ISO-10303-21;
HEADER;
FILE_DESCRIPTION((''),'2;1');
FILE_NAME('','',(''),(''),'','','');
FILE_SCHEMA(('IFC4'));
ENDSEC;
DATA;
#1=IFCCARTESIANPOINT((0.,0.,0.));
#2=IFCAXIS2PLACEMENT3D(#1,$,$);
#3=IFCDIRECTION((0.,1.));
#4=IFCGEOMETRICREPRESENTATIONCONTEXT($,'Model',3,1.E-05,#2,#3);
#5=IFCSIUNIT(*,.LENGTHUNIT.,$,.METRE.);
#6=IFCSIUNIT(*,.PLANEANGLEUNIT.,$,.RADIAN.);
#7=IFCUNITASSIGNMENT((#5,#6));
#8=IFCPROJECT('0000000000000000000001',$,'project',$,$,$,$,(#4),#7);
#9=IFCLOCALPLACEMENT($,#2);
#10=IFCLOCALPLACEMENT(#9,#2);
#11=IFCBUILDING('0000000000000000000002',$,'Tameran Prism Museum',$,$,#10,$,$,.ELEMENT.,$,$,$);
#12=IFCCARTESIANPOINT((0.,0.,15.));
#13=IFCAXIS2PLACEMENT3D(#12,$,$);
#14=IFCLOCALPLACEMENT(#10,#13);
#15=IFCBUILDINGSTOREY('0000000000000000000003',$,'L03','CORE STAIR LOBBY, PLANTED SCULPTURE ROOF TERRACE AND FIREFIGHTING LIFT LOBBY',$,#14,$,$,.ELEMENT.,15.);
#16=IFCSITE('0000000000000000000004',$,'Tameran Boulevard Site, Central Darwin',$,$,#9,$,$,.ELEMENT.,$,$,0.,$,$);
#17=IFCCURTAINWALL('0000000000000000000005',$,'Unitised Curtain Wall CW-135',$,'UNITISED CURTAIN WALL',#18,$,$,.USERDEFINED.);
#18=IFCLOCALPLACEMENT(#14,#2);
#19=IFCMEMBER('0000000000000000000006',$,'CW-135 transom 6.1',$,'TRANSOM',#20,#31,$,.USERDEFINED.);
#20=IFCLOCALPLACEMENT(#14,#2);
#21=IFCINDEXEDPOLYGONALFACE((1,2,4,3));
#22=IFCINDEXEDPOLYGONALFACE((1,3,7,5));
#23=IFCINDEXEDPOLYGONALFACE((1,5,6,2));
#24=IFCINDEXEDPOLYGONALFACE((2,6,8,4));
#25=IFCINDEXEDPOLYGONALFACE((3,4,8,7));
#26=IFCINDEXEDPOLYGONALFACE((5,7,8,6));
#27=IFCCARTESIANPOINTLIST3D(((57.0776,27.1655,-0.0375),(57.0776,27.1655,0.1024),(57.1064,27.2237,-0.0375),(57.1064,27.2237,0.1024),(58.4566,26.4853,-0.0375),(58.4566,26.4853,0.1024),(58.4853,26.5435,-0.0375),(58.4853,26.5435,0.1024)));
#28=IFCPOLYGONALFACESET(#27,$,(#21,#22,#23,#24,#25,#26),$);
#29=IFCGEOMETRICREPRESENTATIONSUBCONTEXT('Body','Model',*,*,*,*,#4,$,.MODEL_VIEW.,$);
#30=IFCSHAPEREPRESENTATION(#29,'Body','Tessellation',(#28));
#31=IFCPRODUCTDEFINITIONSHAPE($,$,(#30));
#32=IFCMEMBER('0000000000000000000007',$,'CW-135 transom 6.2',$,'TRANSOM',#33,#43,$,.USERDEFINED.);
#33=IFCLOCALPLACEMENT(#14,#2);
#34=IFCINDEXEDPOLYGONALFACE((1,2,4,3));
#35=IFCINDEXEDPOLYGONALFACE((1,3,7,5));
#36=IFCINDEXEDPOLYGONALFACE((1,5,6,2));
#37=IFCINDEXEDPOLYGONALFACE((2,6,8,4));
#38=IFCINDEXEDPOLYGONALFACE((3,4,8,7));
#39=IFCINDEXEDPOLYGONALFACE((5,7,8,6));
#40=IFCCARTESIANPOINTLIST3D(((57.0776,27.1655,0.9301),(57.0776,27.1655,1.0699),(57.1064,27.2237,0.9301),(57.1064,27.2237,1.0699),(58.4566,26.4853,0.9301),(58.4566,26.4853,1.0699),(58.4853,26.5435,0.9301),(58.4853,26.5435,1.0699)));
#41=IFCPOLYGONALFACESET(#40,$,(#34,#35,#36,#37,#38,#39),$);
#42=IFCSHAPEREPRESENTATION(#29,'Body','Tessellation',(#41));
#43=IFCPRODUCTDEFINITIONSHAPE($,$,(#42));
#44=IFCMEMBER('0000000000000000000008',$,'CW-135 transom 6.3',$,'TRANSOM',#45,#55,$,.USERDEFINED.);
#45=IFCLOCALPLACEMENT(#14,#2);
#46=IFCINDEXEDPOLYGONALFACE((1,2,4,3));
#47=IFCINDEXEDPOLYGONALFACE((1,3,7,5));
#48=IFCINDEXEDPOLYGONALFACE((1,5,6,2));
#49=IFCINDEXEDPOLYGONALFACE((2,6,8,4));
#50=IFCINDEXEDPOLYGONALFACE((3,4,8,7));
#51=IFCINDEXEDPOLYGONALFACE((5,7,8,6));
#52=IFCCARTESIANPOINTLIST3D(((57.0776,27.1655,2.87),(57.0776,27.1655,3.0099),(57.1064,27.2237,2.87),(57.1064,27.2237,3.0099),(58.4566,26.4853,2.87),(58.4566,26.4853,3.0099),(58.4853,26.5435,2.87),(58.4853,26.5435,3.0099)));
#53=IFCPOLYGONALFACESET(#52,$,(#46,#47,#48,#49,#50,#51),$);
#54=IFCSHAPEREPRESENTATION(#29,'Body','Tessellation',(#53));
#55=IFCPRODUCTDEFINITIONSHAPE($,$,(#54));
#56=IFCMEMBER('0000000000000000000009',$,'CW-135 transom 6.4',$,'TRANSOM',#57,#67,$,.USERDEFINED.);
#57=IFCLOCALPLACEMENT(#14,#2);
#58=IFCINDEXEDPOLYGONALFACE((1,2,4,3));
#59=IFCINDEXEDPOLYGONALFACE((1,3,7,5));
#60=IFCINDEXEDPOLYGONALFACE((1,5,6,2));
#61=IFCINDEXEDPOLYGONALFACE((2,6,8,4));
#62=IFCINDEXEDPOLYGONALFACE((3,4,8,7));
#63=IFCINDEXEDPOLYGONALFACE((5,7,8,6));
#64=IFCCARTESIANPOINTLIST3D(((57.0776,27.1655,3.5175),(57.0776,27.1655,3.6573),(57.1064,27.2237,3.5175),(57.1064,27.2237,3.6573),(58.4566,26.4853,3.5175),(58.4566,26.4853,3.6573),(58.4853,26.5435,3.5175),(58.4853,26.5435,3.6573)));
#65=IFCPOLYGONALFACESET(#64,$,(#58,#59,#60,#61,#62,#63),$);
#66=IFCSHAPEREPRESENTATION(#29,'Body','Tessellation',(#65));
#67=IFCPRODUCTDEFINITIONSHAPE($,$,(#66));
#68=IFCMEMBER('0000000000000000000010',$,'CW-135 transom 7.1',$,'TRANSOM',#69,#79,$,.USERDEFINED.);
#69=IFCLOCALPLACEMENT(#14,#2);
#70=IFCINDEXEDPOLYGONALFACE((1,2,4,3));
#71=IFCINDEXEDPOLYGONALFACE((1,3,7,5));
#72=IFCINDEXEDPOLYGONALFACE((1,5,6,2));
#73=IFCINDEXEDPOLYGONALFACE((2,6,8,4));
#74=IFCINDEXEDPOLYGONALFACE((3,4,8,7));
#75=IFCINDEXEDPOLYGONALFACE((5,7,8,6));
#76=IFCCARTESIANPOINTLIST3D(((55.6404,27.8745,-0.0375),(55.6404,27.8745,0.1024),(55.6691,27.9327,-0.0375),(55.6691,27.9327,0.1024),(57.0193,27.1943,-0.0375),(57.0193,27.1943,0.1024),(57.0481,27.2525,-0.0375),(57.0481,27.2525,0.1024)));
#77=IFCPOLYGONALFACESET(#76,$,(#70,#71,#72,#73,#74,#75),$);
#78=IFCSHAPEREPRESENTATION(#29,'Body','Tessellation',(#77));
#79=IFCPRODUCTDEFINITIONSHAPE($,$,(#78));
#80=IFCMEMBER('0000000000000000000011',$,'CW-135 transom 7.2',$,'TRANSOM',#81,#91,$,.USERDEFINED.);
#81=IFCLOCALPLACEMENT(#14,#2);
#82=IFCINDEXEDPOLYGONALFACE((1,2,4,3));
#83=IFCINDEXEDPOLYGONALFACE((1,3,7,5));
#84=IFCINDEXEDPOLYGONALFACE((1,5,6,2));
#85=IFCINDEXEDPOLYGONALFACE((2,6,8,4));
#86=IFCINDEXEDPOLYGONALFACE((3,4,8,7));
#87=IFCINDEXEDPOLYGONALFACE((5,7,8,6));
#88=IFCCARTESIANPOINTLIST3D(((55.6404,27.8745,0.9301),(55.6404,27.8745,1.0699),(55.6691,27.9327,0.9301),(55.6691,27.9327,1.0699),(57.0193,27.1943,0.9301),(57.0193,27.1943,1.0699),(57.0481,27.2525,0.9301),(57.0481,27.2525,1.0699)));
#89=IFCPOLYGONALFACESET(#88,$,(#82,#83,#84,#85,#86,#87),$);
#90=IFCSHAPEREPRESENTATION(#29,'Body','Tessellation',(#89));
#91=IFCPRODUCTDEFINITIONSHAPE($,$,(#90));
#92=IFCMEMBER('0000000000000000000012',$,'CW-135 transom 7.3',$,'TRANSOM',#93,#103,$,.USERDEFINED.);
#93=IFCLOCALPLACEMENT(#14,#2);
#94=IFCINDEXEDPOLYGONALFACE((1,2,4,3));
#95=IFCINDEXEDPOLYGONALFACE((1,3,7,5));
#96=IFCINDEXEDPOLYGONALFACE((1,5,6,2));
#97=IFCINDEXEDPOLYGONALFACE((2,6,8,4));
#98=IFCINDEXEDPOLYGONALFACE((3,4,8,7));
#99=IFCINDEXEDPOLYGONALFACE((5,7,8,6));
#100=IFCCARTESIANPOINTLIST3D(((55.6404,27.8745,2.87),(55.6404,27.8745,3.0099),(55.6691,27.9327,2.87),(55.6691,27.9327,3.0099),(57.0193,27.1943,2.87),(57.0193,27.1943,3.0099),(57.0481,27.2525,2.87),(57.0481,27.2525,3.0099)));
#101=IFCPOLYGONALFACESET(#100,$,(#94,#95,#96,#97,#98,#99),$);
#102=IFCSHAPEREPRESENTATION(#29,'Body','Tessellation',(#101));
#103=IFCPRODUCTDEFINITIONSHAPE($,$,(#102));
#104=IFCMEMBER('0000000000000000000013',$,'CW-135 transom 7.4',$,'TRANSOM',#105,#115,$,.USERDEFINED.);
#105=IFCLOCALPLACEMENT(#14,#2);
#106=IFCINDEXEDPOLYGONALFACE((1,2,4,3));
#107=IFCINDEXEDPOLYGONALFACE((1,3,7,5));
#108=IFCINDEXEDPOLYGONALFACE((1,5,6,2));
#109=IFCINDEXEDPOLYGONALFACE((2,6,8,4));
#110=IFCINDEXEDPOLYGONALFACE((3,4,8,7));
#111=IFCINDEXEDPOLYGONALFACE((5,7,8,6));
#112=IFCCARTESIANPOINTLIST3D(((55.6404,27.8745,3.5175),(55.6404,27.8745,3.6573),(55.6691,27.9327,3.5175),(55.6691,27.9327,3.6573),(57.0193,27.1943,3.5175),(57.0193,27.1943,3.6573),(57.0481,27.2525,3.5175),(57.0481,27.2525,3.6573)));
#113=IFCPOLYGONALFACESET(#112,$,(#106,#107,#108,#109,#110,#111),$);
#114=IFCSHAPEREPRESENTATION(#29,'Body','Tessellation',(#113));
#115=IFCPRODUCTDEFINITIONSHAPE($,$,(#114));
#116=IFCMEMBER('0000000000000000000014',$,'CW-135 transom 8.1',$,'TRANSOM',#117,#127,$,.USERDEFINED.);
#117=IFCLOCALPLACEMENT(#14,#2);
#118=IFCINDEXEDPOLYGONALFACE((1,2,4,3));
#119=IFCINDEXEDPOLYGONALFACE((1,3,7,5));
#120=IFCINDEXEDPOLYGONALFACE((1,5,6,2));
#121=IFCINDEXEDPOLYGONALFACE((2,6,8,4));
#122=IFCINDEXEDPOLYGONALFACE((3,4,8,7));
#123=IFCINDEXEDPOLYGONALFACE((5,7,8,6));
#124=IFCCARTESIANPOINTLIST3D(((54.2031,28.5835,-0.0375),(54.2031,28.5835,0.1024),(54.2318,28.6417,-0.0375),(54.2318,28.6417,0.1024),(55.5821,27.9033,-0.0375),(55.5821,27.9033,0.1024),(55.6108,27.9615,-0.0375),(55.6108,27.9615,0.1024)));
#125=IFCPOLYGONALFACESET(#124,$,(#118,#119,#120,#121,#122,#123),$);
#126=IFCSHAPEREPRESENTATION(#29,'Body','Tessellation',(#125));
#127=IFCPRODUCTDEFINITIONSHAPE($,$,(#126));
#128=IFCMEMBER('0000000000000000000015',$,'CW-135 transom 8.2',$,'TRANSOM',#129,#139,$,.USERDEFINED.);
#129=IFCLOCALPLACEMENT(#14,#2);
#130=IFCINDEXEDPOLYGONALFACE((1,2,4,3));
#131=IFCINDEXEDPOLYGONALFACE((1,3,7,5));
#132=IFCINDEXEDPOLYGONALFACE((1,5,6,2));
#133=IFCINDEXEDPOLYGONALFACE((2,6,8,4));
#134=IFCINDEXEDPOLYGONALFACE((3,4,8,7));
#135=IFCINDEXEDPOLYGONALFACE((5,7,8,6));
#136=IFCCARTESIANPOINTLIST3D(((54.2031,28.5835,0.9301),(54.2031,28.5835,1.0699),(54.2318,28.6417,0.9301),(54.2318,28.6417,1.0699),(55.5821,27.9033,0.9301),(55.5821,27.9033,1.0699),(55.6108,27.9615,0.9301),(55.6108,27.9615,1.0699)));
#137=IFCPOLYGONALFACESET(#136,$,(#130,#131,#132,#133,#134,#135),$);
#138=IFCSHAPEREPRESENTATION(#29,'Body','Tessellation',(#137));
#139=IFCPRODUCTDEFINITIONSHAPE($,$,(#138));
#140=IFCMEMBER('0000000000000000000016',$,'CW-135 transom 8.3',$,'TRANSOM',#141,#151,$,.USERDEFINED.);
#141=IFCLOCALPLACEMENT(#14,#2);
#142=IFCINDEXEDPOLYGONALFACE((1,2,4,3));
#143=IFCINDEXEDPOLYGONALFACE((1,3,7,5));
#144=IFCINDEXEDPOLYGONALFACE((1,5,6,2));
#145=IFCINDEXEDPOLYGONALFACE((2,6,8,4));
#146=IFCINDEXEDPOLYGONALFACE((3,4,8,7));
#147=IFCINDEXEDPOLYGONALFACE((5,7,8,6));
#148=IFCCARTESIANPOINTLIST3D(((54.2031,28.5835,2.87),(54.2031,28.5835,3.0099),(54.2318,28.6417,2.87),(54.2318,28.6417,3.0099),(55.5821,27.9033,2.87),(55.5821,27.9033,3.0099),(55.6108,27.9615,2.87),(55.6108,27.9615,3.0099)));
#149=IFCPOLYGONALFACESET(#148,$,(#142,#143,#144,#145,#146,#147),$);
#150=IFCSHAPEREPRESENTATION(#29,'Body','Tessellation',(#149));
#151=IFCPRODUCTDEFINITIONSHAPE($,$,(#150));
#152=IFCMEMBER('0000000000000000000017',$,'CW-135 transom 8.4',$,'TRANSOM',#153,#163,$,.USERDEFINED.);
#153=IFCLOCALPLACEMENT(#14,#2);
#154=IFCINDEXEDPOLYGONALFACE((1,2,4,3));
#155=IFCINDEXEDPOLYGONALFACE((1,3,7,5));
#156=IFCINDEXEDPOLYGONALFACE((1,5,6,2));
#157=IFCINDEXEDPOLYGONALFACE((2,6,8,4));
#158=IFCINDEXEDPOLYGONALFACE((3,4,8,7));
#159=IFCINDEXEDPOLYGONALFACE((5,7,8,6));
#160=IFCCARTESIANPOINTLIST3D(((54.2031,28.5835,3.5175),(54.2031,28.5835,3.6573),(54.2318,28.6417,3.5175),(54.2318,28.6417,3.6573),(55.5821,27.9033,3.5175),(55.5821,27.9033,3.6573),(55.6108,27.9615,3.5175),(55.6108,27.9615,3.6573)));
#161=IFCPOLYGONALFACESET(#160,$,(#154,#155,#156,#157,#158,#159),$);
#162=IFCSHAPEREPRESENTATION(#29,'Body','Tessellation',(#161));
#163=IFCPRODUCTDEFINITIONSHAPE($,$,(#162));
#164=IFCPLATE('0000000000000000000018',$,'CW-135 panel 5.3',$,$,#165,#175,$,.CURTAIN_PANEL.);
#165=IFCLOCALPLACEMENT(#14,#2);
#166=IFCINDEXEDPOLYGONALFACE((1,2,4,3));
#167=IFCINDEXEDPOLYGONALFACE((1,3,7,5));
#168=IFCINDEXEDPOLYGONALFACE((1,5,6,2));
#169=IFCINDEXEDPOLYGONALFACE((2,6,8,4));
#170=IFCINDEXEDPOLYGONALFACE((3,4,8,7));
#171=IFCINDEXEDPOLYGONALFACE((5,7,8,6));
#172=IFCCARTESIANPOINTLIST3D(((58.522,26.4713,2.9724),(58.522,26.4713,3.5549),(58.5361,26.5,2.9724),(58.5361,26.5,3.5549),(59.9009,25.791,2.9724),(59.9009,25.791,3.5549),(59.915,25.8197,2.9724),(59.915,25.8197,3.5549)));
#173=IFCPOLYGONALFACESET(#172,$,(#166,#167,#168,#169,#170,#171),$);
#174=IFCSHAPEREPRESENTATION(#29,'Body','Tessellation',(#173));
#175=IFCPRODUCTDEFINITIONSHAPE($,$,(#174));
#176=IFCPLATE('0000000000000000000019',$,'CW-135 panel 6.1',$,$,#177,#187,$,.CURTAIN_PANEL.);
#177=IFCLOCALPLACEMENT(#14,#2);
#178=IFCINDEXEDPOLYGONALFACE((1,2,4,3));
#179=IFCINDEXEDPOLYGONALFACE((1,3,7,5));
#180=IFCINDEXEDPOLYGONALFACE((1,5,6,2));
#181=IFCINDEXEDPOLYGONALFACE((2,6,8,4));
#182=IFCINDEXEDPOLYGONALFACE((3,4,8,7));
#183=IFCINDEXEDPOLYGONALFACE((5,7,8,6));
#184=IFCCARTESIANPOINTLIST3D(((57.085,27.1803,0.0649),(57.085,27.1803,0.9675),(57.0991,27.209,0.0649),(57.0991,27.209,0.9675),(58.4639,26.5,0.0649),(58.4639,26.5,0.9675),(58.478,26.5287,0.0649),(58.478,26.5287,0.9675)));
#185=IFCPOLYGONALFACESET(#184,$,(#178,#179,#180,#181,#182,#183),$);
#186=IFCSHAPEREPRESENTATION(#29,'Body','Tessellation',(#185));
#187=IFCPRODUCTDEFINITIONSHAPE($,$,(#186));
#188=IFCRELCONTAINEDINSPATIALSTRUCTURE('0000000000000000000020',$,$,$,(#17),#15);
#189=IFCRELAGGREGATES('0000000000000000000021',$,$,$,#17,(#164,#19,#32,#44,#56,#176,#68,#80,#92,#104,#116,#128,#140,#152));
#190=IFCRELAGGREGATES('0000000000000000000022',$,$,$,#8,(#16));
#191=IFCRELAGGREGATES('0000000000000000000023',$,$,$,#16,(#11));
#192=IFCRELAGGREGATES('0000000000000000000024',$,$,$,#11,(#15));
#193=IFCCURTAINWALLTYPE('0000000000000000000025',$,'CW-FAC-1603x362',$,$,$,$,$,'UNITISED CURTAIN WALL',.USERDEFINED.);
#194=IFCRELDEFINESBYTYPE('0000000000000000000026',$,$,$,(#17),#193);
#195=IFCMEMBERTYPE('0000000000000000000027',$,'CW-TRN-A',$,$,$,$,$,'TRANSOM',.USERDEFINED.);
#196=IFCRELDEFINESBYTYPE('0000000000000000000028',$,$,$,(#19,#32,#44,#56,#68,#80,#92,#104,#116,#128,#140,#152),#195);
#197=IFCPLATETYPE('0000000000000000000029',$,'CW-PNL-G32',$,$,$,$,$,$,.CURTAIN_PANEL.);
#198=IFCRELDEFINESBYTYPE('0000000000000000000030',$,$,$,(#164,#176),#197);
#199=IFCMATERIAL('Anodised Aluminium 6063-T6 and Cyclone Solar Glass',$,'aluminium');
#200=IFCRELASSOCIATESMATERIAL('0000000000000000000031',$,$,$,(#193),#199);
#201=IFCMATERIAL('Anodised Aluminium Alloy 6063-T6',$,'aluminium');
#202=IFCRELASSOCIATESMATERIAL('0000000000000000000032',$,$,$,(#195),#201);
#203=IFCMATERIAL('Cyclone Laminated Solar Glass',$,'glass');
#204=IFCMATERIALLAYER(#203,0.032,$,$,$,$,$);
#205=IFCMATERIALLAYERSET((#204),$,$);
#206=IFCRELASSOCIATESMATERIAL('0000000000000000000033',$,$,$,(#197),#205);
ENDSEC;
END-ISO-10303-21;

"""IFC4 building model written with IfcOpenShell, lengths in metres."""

from ifc_helpers import new_model, si_unit, direction, frame, origin, origin_2d, place, context, subcontext, project, spatial, rectangle, extrude, material, layer, layer_set, material_profile, profile_set, type_object, element, aggregate, save


model = new_model("IFC4")

# Units and contexts
model_context = context("Model", 3, precision=1e-05, world=origin(), true_north=direction((0.0, 1.0)))
body_context = subcontext(model_context, "Body", "Model", "MODEL_VIEW")
ifc_project = project(units=[si_unit("LENGTHUNIT", "METRE"), si_unit("PLANEANGLEUNIT", "RADIAN")], contexts=[model_context])

# Site, building, storey
site_placement = place(None, origin())
site = spatial("IfcSite", under=ifc_project, at=site_placement, Name="Tameran Boulevard Site, Central Darwin", CompositionType="ELEMENT", RefElevation=0.0)
building_placement = place(site_placement, origin())
building = spatial("IfcBuilding", under=site, at=building_placement, Name="Tameran Prism Museum", CompositionType="ELEMENT")
storey_placement = place(building_placement, frame((0.0, 0.0, 15.0)))
storey = spatial("IfcBuildingStorey", under=building, at=storey_placement, Name="L03", Description="CORE STAIR LOBBY, PLANTED SCULPTURE ROOF TERRACE AND FIREFIGHTING LIFT LOBBY", CompositionType="ELEMENT", Elevation=15.0)

# Curtain wall, members, plates
ifc_material_1 = material(Name="Anodised Aluminium 6063-T6 and Cyclone Solar Glass", Category="aluminium")
curtain_wall_type = type_object("IfcCurtainWallType", Name="CW-FAC-1603x362", ElementType="UNITISED CURTAIN WALL", PredefinedType="USERDEFINED", material=ifc_material_1)
curtain_wall_placement = place(storey_placement, origin())
curtain_wall = element("IfcCurtainWall", 1, at=curtain_wall_placement, inside=storey, type_object=curtain_wall_type, Name="Unitised Curtain Wall CW-135", ObjectType="UNITISED CURTAIN WALL", PredefinedType="USERDEFINED")
ifc_material_2 = material(Name="Anodised Aluminium Alloy 6063-T6", Category="aluminium")
ifc_material_profile_1 = material_profile(ifc_material_2, rectangle(XDim=0.0649, YDim=0.1399, at=origin_2d()))
ifc_profile_set_1 = profile_set([ifc_material_profile_1])
member_type_1 = type_object("IfcMemberType", Name="CW-TRN-A", ElementType="TRANSOM", PredefinedType="USERDEFINED", material=ifc_profile_set_1)
member_1_placement = place(storey_placement, frame((58.4709, 26.5144, 0.0325), z_axis=(-0.896828, 0.44238, 0.0), x_axis=(-0.44238, -0.896828, 0.0)))
member_1 = element("IfcMember", 2, at=member_1_placement, type_object=member_type_1, Name="CW-135 transom 6.1", ObjectType="TRANSOM", PredefinedType="USERDEFINED", context=body_context, shape_type="SweptSolid", body=[
    extrude(rectangle(XDim=0.0649, YDim=0.1399, at=origin_2d()), origin(), (0.0, 0.0, 1.0), 1.5376),
])
member_2_placement = place(storey_placement, frame((58.4709, 26.5144, 1.0), z_axis=(-0.896828, 0.44238, 0.0), x_axis=(-0.44238, -0.896828, 0.0)))
member_2 = element("IfcMember", 3, at=member_2_placement, type_object=member_type_1, Name="CW-135 transom 6.2", ObjectType="TRANSOM", PredefinedType="USERDEFINED", context=body_context, shape_type="SweptSolid", body=[
    extrude(rectangle(XDim=0.0649, YDim=0.1399, at=origin_2d()), origin(), (0.0, 0.0, 1.0), 1.5376),
])
member_3_placement = place(storey_placement, frame((58.4709, 26.5144, 2.9399), z_axis=(-0.896828, 0.44238, 0.0), x_axis=(-0.44238, -0.896828, 0.0)))
member_3 = element("IfcMember", 4, at=member_3_placement, type_object=member_type_1, Name="CW-135 transom 6.3", ObjectType="TRANSOM", PredefinedType="USERDEFINED", context=body_context, shape_type="SweptSolid", body=[
    extrude(rectangle(XDim=0.0649, YDim=0.1399, at=origin_2d()), origin(), (0.0, 0.0, 1.0), 1.5376),
])
member_4_placement = place(storey_placement, frame((58.4709, 26.5144, 3.5874), z_axis=(-0.896828, 0.44238, 0.0), x_axis=(-0.44238, -0.896828, 0.0)))
member_4 = element("IfcMember", 5, at=member_4_placement, type_object=member_type_1, Name="CW-135 transom 6.4", ObjectType="TRANSOM", PredefinedType="USERDEFINED", context=body_context, shape_type="SweptSolid", body=[
    extrude(rectangle(XDim=0.0649, YDim=0.1399, at=origin_2d()), origin(), (0.0, 0.0, 1.0), 1.5376),
])
member_5_placement = place(storey_placement, frame((57.0337, 27.2234, 0.0325), z_axis=(-0.896828, 0.44238, 0.0), x_axis=(-0.44238, -0.896828, 0.0)))
member_5 = element("IfcMember", 6, at=member_5_placement, type_object=member_type_1, Name="CW-135 transom 7.1", ObjectType="TRANSOM", PredefinedType="USERDEFINED", context=body_context, shape_type="SweptSolid", body=[
    extrude(rectangle(XDim=0.0649, YDim=0.1399, at=origin_2d()), origin(), (0.0, 0.0, 1.0), 1.5376),
])
member_6_placement = place(storey_placement, frame((57.0337, 27.2234, 1.0), z_axis=(-0.896828, 0.44238, 0.0), x_axis=(-0.44238, -0.896828, 0.0)))
member_6 = element("IfcMember", 7, at=member_6_placement, type_object=member_type_1, Name="CW-135 transom 7.2", ObjectType="TRANSOM", PredefinedType="USERDEFINED", context=body_context, shape_type="SweptSolid", body=[
    extrude(rectangle(XDim=0.0649, YDim=0.1399, at=origin_2d()), origin(), (0.0, 0.0, 1.0), 1.5376),
])
member_7_placement = place(storey_placement, frame((57.0337, 27.2234, 2.9399), z_axis=(-0.896828, 0.44238, 0.0), x_axis=(-0.44238, -0.896828, 0.0)))
member_7 = element("IfcMember", 8, at=member_7_placement, type_object=member_type_1, Name="CW-135 transom 7.3", ObjectType="TRANSOM", PredefinedType="USERDEFINED", context=body_context, shape_type="SweptSolid", body=[
    extrude(rectangle(XDim=0.0649, YDim=0.1399, at=origin_2d()), origin(), (0.0, 0.0, 1.0), 1.5376),
])
member_8_placement = place(storey_placement, frame((57.0337, 27.2234, 3.5874), z_axis=(-0.896828, 0.44238, 0.0), x_axis=(-0.44238, -0.896828, 0.0)))
member_8 = element("IfcMember", 9, at=member_8_placement, type_object=member_type_1, Name="CW-135 transom 7.4", ObjectType="TRANSOM", PredefinedType="USERDEFINED", context=body_context, shape_type="SweptSolid", body=[
    extrude(rectangle(XDim=0.0649, YDim=0.1399, at=origin_2d()), origin(), (0.0, 0.0, 1.0), 1.5376),
])
member_9_placement = place(storey_placement, frame((55.5964, 27.9324, 0.0325), z_axis=(-0.896828, 0.44238, 0.0), x_axis=(-0.44238, -0.896828, 0.0)))
member_9 = element("IfcMember", 10, at=member_9_placement, type_object=member_type_1, Name="CW-135 transom 8.1", ObjectType="TRANSOM", PredefinedType="USERDEFINED", context=body_context, shape_type="SweptSolid", body=[
    extrude(rectangle(XDim=0.0649, YDim=0.1399, at=origin_2d()), origin(), (0.0, 0.0, 1.0), 1.5376),
])
member_10_placement = place(storey_placement, frame((55.5964, 27.9324, 1.0), z_axis=(-0.896828, 0.44238, 0.0), x_axis=(-0.44238, -0.896828, 0.0)))
member_10 = element("IfcMember", 11, at=member_10_placement, type_object=member_type_1, Name="CW-135 transom 8.2", ObjectType="TRANSOM", PredefinedType="USERDEFINED", context=body_context, shape_type="SweptSolid", body=[
    extrude(rectangle(XDim=0.0649, YDim=0.1399, at=origin_2d()), origin(), (0.0, 0.0, 1.0), 1.5376),
])
member_11_placement = place(storey_placement, frame((55.5964, 27.9324, 2.9399), z_axis=(-0.896828, 0.44238, 0.0), x_axis=(-0.44238, -0.896828, 0.0)))
member_11 = element("IfcMember", 12, at=member_11_placement, type_object=member_type_1, Name="CW-135 transom 8.3", ObjectType="TRANSOM", PredefinedType="USERDEFINED", context=body_context, shape_type="SweptSolid", body=[
    extrude(rectangle(XDim=0.0649, YDim=0.1399, at=origin_2d()), origin(), (0.0, 0.0, 1.0), 1.5376),
])
member_12_placement = place(storey_placement, frame((55.5964, 27.9324, 3.5874), z_axis=(-0.896828, 0.44238, 0.0), x_axis=(-0.44238, -0.896828, 0.0)))
member_12 = element("IfcMember", 13, at=member_12_placement, type_object=member_type_1, Name="CW-135 transom 8.4", ObjectType="TRANSOM", PredefinedType="USERDEFINED", context=body_context, shape_type="SweptSolid", body=[
    extrude(rectangle(XDim=0.0649, YDim=0.1399, at=origin_2d()), origin(), (0.0, 0.0, 1.0), 1.5376),
])
ifc_material_3 = material(Name="Cyclone Laminated Solar Glass", Category="glass")
ifc_layer_1 = layer(ifc_material_3, 0.032)
ifc_layer_set_1 = layer_set([ifc_layer_1])
plate_type = type_object("IfcPlateType", Name="CW-PNL-G32", PredefinedType="CURTAIN_PANEL", material=ifc_layer_set_1)
plate_1_placement = place(storey_placement, frame((59.2185, 26.1455, 2.9724), z_axis=(0.0, 0.0, 1.0), x_axis=(-0.896811, 0.442415, 0.0)))
plate_1 = element("IfcPlate", 14, at=plate_1_placement, type_object=plate_type, Name="CW-135 panel 5.3", PredefinedType="CURTAIN_PANEL", context=body_context, shape_type="SweptSolid", body=[
    extrude(rectangle(XDim=1.5376, YDim=0.032, at=origin_2d()), origin(), (0.0, 0.0, 1.0), 0.5825),
])
plate_2_placement = place(storey_placement, frame((57.7815, 26.8545, 0.0649), z_axis=(0.0, 0.0, 1.0), x_axis=(-0.896811, 0.442415, 0.0)))
plate_2 = element("IfcPlate", 15, at=plate_2_placement, type_object=plate_type, Name="CW-135 panel 6.1", PredefinedType="CURTAIN_PANEL", context=body_context, shape_type="SweptSolid", body=[
    extrude(rectangle(XDim=1.5376, YDim=0.032, at=origin_2d()), origin(), (0.0, 0.0, 1.0), 0.9026),
])
aggregate(curtain_wall, [plate_1, member_1, member_2, member_3, member_4, plate_2, member_5, member_6, member_7, member_8, member_9, member_10, member_11, member_12])

save(model, "model.ifc")
